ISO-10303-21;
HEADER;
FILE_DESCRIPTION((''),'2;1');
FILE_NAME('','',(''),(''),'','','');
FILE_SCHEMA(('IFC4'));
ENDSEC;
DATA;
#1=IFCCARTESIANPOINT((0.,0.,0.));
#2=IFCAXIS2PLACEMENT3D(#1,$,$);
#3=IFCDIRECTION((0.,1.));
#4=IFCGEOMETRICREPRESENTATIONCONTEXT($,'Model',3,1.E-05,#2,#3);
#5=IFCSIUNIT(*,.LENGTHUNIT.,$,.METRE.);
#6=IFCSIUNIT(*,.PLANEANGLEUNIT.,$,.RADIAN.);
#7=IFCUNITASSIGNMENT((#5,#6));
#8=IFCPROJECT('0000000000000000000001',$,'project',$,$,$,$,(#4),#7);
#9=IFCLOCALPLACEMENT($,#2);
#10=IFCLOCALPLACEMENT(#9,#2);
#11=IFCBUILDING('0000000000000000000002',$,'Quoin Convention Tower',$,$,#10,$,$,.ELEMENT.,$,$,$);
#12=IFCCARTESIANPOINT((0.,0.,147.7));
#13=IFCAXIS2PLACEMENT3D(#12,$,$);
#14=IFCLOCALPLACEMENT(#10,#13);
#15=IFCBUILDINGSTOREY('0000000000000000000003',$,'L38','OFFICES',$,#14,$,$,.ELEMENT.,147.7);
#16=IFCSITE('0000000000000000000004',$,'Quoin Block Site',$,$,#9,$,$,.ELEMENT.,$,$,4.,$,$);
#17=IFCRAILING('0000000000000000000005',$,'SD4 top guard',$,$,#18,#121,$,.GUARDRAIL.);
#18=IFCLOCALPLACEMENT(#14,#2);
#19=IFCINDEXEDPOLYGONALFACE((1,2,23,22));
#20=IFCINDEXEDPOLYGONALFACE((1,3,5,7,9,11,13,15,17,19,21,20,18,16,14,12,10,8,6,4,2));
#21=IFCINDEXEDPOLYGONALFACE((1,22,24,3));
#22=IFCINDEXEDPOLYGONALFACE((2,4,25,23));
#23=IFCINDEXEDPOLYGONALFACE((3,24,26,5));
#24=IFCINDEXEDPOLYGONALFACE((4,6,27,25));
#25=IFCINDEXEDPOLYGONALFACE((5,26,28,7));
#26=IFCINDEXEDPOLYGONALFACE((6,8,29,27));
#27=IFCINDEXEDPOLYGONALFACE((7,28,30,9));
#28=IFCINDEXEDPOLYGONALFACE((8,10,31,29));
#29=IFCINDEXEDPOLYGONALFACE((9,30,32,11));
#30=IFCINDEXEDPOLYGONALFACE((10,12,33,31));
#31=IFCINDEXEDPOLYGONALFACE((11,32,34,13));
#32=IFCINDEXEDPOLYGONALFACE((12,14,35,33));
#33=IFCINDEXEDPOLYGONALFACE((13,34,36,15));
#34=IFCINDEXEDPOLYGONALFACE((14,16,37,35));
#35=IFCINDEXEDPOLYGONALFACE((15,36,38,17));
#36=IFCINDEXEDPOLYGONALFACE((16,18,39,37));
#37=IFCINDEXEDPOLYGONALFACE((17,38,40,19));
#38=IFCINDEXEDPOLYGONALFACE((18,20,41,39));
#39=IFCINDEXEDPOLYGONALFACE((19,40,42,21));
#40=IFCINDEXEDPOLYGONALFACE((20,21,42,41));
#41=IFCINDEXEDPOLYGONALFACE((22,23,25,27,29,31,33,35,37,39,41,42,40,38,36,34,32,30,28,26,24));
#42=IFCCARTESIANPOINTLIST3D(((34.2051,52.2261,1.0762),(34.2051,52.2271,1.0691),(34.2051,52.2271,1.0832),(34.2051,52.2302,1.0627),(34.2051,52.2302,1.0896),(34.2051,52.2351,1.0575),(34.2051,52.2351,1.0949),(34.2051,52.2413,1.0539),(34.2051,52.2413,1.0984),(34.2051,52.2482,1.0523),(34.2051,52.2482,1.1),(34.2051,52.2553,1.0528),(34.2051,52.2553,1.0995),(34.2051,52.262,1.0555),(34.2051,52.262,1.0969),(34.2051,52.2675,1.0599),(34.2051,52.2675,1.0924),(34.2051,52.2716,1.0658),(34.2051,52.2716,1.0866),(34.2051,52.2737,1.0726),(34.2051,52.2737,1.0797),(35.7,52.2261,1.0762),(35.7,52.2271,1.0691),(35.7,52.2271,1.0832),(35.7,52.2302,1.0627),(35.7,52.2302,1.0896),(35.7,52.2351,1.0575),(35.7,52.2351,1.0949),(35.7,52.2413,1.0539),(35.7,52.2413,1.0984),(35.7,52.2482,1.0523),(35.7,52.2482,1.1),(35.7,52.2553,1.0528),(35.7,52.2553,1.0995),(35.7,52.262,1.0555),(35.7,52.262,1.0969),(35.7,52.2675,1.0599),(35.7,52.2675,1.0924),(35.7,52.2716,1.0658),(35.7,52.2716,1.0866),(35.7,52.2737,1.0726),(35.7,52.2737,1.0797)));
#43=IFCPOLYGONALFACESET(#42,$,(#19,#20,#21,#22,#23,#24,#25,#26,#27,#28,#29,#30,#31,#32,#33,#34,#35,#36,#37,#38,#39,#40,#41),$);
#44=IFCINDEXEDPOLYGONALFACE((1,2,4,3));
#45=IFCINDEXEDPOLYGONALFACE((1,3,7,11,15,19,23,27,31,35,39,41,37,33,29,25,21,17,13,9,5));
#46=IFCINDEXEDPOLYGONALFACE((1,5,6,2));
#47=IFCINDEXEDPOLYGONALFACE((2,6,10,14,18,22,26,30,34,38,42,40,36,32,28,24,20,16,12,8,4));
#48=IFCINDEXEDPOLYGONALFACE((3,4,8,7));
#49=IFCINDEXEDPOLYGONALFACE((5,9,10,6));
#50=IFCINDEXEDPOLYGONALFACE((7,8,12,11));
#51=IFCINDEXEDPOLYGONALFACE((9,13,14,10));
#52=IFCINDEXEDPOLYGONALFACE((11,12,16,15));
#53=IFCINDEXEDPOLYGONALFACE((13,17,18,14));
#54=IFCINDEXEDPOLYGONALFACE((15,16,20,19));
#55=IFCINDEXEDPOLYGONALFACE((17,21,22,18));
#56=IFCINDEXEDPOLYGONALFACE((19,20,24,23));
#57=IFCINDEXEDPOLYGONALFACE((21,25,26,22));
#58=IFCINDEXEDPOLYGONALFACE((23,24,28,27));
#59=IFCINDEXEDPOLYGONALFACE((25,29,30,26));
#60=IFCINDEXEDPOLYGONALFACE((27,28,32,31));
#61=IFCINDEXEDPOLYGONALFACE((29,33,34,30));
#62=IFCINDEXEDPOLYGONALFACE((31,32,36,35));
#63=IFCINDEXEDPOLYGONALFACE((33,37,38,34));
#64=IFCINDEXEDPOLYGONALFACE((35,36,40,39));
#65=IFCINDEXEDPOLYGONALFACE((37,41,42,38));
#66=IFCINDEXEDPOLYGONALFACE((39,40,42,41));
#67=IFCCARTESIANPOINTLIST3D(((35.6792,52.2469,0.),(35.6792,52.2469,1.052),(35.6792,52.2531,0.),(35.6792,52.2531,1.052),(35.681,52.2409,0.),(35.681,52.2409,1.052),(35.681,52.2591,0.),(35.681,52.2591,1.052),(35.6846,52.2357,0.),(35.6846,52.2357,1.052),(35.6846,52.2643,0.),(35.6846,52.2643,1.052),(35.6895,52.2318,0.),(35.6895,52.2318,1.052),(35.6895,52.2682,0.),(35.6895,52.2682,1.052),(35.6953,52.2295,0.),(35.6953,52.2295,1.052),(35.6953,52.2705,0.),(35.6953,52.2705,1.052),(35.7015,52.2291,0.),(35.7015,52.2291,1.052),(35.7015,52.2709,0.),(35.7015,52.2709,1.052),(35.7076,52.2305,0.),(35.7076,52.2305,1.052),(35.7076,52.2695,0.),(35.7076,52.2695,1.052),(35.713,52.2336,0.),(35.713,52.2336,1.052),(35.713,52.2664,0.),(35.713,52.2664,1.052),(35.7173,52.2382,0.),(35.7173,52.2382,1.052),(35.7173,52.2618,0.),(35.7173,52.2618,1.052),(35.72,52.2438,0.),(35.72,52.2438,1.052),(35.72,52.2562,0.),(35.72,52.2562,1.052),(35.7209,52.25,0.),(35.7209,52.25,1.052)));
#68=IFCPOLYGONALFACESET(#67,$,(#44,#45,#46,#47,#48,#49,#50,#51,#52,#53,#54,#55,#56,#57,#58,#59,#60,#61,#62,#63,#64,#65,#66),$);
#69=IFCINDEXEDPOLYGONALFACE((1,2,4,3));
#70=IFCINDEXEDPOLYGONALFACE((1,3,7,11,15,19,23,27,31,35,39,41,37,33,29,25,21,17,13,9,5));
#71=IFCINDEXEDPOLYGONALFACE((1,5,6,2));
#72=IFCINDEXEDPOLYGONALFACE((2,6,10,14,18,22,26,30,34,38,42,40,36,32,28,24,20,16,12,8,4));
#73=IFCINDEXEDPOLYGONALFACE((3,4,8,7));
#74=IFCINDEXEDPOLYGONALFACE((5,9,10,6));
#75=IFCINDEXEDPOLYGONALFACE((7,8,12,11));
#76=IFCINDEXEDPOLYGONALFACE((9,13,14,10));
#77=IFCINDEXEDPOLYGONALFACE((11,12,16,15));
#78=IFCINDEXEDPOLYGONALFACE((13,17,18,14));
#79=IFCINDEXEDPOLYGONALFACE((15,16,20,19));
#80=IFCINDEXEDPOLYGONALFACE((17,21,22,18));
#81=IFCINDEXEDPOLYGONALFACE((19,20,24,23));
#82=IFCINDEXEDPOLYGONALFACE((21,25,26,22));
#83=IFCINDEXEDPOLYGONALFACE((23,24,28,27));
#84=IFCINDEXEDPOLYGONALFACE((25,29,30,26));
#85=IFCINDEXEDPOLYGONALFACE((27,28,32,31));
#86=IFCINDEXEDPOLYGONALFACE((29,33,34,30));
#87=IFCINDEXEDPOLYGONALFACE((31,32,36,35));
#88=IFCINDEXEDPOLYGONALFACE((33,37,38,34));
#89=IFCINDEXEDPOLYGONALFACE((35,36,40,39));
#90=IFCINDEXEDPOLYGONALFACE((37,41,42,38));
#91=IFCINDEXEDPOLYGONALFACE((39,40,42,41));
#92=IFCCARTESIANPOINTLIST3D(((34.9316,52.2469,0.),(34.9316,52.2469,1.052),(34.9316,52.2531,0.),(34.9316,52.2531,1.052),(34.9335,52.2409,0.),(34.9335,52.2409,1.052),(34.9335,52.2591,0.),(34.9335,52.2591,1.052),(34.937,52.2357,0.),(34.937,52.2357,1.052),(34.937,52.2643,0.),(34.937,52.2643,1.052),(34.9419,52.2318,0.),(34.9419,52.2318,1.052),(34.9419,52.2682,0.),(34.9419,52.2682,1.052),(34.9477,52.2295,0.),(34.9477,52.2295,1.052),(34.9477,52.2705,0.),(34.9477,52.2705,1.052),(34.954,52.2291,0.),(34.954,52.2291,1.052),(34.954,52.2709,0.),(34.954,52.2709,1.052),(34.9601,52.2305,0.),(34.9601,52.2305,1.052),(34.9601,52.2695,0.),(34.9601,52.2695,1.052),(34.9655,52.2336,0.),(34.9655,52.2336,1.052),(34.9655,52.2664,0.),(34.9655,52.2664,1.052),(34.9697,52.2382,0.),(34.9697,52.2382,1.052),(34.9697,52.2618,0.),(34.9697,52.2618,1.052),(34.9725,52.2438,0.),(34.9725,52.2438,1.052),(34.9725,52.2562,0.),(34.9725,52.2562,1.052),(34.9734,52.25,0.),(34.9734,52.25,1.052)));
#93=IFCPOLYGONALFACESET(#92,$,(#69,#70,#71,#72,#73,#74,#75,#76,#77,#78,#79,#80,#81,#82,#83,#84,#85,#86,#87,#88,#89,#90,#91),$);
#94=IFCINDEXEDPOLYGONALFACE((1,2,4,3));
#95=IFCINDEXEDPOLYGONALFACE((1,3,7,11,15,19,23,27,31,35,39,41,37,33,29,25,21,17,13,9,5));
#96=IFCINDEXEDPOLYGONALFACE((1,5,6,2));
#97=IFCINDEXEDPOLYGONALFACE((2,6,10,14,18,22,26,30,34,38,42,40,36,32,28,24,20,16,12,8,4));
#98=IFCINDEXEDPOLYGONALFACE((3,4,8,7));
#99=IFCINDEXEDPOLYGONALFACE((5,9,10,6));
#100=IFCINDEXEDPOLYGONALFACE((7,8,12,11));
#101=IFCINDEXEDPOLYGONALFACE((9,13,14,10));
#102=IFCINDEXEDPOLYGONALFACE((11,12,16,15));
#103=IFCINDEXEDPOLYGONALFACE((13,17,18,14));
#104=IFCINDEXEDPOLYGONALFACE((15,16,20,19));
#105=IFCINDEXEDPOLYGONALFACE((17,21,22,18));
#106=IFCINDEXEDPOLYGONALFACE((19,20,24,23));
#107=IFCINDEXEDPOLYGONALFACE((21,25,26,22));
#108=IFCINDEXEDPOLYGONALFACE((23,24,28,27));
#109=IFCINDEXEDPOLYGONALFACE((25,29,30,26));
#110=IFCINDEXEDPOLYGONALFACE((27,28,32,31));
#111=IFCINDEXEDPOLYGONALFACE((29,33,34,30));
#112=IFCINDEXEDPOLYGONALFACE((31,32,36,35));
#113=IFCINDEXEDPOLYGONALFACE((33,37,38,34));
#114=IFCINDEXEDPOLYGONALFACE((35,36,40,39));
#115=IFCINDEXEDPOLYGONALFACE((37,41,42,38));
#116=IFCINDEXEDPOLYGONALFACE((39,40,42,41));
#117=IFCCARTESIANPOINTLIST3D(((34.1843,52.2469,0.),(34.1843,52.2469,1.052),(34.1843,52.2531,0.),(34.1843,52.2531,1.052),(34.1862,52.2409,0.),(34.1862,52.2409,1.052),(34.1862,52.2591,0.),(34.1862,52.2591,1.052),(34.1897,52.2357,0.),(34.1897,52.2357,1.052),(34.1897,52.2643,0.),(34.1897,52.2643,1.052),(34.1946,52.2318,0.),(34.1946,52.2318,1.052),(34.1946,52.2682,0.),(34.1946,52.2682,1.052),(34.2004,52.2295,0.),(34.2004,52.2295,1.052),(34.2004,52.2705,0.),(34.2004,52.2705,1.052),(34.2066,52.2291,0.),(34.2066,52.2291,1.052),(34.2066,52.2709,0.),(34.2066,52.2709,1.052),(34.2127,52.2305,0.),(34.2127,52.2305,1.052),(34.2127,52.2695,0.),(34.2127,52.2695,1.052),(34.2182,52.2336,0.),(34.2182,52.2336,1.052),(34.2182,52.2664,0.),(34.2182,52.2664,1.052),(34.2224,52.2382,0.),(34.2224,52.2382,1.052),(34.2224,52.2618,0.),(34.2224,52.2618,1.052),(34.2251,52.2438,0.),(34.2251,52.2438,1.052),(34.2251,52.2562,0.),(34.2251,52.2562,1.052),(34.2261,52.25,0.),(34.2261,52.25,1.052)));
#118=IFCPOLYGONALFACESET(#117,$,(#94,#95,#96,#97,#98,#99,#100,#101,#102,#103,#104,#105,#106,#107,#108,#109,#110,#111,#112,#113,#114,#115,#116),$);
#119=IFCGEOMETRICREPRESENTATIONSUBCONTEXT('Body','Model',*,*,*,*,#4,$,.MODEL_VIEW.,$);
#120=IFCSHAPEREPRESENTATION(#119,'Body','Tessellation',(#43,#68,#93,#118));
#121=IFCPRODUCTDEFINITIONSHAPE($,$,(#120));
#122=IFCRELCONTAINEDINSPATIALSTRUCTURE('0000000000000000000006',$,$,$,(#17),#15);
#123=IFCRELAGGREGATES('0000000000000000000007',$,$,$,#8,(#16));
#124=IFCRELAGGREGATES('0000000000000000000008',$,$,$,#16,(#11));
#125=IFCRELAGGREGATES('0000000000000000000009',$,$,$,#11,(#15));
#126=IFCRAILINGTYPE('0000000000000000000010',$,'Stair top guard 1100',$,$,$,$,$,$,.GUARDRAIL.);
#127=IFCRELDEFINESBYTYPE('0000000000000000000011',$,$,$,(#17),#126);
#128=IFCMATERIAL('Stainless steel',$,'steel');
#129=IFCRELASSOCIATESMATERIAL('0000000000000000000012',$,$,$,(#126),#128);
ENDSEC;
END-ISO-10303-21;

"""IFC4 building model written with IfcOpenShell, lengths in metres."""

from ifc_helpers import new_model, si_unit, direction, frame, origin, origin_2d, place, context, subcontext, project, spatial, circle, extrude, material, type_object, element, save


model = new_model("IFC4")

# Units and contexts
model_context = context("Model", 3, precision=1e-05, world=origin(), true_north=direction((0.0, 1.0)))
body_context = subcontext(model_context, "Body", "Model", "MODEL_VIEW")
ifc_project = project(units=[si_unit("LENGTHUNIT", "METRE"), si_unit("PLANEANGLEUNIT", "RADIAN")], contexts=[model_context])

# Site, building, storey
site_placement = place(None, origin())
site = spatial("IfcSite", under=ifc_project, at=site_placement, Name="Quoin Block Site", CompositionType="ELEMENT", RefElevation=4.0)
building_placement = place(site_placement, origin())
building = spatial("IfcBuilding", under=site, at=building_placement, Name="Quoin Convention Tower", CompositionType="ELEMENT")
storey_placement = place(building_placement, frame((0.0, 0.0, 147.7)))
storey = spatial("IfcBuildingStorey", under=building, at=storey_placement, Name="L38", Description="OFFICES", CompositionType="ELEMENT", Elevation=147.7)

# Railing
ifc_material_1 = material(Name="Stainless steel", Category="steel")
railing_type_1 = type_object("IfcRailingType", Name="Stair top guard 1100", PredefinedType="GUARDRAIL", material=ifc_material_1)
railing_1_placement = place(storey_placement, frame((35.7, 52.25, 0.0)))
element("IfcRailing", 1, at=railing_1_placement, inside=storey, type_object=railing_type_1, Name="SD4 top guard", PredefinedType="GUARDRAIL", context=body_context, shape_type="SweptSolid", body=[
    extrude(circle(Radius=0.0239, at=origin_2d()), frame((0.0, 0.0, 1.0762), z_axis=(-1.0, 0.0, 0.0), x_axis=(0.0, -1.0, 0.0)), (0.0, 0.0, 1.0), 1.4949),
    extrude(circle(Radius=0.021, at=origin_2d()), origin(), (0.0, 0.0, 1.0), 1.052),
    extrude(circle(Radius=0.021, at=origin_2d()), frame((-0.7476, 0.0, 0.0)), (0.0, 0.0, 1.0), 1.052),
    extrude(circle(Radius=0.021, at=origin_2d()), frame((-1.4949, 0.0, 0.0)), (0.0, 0.0, 1.0), 1.052),
])

save(model, "model.ifc")
